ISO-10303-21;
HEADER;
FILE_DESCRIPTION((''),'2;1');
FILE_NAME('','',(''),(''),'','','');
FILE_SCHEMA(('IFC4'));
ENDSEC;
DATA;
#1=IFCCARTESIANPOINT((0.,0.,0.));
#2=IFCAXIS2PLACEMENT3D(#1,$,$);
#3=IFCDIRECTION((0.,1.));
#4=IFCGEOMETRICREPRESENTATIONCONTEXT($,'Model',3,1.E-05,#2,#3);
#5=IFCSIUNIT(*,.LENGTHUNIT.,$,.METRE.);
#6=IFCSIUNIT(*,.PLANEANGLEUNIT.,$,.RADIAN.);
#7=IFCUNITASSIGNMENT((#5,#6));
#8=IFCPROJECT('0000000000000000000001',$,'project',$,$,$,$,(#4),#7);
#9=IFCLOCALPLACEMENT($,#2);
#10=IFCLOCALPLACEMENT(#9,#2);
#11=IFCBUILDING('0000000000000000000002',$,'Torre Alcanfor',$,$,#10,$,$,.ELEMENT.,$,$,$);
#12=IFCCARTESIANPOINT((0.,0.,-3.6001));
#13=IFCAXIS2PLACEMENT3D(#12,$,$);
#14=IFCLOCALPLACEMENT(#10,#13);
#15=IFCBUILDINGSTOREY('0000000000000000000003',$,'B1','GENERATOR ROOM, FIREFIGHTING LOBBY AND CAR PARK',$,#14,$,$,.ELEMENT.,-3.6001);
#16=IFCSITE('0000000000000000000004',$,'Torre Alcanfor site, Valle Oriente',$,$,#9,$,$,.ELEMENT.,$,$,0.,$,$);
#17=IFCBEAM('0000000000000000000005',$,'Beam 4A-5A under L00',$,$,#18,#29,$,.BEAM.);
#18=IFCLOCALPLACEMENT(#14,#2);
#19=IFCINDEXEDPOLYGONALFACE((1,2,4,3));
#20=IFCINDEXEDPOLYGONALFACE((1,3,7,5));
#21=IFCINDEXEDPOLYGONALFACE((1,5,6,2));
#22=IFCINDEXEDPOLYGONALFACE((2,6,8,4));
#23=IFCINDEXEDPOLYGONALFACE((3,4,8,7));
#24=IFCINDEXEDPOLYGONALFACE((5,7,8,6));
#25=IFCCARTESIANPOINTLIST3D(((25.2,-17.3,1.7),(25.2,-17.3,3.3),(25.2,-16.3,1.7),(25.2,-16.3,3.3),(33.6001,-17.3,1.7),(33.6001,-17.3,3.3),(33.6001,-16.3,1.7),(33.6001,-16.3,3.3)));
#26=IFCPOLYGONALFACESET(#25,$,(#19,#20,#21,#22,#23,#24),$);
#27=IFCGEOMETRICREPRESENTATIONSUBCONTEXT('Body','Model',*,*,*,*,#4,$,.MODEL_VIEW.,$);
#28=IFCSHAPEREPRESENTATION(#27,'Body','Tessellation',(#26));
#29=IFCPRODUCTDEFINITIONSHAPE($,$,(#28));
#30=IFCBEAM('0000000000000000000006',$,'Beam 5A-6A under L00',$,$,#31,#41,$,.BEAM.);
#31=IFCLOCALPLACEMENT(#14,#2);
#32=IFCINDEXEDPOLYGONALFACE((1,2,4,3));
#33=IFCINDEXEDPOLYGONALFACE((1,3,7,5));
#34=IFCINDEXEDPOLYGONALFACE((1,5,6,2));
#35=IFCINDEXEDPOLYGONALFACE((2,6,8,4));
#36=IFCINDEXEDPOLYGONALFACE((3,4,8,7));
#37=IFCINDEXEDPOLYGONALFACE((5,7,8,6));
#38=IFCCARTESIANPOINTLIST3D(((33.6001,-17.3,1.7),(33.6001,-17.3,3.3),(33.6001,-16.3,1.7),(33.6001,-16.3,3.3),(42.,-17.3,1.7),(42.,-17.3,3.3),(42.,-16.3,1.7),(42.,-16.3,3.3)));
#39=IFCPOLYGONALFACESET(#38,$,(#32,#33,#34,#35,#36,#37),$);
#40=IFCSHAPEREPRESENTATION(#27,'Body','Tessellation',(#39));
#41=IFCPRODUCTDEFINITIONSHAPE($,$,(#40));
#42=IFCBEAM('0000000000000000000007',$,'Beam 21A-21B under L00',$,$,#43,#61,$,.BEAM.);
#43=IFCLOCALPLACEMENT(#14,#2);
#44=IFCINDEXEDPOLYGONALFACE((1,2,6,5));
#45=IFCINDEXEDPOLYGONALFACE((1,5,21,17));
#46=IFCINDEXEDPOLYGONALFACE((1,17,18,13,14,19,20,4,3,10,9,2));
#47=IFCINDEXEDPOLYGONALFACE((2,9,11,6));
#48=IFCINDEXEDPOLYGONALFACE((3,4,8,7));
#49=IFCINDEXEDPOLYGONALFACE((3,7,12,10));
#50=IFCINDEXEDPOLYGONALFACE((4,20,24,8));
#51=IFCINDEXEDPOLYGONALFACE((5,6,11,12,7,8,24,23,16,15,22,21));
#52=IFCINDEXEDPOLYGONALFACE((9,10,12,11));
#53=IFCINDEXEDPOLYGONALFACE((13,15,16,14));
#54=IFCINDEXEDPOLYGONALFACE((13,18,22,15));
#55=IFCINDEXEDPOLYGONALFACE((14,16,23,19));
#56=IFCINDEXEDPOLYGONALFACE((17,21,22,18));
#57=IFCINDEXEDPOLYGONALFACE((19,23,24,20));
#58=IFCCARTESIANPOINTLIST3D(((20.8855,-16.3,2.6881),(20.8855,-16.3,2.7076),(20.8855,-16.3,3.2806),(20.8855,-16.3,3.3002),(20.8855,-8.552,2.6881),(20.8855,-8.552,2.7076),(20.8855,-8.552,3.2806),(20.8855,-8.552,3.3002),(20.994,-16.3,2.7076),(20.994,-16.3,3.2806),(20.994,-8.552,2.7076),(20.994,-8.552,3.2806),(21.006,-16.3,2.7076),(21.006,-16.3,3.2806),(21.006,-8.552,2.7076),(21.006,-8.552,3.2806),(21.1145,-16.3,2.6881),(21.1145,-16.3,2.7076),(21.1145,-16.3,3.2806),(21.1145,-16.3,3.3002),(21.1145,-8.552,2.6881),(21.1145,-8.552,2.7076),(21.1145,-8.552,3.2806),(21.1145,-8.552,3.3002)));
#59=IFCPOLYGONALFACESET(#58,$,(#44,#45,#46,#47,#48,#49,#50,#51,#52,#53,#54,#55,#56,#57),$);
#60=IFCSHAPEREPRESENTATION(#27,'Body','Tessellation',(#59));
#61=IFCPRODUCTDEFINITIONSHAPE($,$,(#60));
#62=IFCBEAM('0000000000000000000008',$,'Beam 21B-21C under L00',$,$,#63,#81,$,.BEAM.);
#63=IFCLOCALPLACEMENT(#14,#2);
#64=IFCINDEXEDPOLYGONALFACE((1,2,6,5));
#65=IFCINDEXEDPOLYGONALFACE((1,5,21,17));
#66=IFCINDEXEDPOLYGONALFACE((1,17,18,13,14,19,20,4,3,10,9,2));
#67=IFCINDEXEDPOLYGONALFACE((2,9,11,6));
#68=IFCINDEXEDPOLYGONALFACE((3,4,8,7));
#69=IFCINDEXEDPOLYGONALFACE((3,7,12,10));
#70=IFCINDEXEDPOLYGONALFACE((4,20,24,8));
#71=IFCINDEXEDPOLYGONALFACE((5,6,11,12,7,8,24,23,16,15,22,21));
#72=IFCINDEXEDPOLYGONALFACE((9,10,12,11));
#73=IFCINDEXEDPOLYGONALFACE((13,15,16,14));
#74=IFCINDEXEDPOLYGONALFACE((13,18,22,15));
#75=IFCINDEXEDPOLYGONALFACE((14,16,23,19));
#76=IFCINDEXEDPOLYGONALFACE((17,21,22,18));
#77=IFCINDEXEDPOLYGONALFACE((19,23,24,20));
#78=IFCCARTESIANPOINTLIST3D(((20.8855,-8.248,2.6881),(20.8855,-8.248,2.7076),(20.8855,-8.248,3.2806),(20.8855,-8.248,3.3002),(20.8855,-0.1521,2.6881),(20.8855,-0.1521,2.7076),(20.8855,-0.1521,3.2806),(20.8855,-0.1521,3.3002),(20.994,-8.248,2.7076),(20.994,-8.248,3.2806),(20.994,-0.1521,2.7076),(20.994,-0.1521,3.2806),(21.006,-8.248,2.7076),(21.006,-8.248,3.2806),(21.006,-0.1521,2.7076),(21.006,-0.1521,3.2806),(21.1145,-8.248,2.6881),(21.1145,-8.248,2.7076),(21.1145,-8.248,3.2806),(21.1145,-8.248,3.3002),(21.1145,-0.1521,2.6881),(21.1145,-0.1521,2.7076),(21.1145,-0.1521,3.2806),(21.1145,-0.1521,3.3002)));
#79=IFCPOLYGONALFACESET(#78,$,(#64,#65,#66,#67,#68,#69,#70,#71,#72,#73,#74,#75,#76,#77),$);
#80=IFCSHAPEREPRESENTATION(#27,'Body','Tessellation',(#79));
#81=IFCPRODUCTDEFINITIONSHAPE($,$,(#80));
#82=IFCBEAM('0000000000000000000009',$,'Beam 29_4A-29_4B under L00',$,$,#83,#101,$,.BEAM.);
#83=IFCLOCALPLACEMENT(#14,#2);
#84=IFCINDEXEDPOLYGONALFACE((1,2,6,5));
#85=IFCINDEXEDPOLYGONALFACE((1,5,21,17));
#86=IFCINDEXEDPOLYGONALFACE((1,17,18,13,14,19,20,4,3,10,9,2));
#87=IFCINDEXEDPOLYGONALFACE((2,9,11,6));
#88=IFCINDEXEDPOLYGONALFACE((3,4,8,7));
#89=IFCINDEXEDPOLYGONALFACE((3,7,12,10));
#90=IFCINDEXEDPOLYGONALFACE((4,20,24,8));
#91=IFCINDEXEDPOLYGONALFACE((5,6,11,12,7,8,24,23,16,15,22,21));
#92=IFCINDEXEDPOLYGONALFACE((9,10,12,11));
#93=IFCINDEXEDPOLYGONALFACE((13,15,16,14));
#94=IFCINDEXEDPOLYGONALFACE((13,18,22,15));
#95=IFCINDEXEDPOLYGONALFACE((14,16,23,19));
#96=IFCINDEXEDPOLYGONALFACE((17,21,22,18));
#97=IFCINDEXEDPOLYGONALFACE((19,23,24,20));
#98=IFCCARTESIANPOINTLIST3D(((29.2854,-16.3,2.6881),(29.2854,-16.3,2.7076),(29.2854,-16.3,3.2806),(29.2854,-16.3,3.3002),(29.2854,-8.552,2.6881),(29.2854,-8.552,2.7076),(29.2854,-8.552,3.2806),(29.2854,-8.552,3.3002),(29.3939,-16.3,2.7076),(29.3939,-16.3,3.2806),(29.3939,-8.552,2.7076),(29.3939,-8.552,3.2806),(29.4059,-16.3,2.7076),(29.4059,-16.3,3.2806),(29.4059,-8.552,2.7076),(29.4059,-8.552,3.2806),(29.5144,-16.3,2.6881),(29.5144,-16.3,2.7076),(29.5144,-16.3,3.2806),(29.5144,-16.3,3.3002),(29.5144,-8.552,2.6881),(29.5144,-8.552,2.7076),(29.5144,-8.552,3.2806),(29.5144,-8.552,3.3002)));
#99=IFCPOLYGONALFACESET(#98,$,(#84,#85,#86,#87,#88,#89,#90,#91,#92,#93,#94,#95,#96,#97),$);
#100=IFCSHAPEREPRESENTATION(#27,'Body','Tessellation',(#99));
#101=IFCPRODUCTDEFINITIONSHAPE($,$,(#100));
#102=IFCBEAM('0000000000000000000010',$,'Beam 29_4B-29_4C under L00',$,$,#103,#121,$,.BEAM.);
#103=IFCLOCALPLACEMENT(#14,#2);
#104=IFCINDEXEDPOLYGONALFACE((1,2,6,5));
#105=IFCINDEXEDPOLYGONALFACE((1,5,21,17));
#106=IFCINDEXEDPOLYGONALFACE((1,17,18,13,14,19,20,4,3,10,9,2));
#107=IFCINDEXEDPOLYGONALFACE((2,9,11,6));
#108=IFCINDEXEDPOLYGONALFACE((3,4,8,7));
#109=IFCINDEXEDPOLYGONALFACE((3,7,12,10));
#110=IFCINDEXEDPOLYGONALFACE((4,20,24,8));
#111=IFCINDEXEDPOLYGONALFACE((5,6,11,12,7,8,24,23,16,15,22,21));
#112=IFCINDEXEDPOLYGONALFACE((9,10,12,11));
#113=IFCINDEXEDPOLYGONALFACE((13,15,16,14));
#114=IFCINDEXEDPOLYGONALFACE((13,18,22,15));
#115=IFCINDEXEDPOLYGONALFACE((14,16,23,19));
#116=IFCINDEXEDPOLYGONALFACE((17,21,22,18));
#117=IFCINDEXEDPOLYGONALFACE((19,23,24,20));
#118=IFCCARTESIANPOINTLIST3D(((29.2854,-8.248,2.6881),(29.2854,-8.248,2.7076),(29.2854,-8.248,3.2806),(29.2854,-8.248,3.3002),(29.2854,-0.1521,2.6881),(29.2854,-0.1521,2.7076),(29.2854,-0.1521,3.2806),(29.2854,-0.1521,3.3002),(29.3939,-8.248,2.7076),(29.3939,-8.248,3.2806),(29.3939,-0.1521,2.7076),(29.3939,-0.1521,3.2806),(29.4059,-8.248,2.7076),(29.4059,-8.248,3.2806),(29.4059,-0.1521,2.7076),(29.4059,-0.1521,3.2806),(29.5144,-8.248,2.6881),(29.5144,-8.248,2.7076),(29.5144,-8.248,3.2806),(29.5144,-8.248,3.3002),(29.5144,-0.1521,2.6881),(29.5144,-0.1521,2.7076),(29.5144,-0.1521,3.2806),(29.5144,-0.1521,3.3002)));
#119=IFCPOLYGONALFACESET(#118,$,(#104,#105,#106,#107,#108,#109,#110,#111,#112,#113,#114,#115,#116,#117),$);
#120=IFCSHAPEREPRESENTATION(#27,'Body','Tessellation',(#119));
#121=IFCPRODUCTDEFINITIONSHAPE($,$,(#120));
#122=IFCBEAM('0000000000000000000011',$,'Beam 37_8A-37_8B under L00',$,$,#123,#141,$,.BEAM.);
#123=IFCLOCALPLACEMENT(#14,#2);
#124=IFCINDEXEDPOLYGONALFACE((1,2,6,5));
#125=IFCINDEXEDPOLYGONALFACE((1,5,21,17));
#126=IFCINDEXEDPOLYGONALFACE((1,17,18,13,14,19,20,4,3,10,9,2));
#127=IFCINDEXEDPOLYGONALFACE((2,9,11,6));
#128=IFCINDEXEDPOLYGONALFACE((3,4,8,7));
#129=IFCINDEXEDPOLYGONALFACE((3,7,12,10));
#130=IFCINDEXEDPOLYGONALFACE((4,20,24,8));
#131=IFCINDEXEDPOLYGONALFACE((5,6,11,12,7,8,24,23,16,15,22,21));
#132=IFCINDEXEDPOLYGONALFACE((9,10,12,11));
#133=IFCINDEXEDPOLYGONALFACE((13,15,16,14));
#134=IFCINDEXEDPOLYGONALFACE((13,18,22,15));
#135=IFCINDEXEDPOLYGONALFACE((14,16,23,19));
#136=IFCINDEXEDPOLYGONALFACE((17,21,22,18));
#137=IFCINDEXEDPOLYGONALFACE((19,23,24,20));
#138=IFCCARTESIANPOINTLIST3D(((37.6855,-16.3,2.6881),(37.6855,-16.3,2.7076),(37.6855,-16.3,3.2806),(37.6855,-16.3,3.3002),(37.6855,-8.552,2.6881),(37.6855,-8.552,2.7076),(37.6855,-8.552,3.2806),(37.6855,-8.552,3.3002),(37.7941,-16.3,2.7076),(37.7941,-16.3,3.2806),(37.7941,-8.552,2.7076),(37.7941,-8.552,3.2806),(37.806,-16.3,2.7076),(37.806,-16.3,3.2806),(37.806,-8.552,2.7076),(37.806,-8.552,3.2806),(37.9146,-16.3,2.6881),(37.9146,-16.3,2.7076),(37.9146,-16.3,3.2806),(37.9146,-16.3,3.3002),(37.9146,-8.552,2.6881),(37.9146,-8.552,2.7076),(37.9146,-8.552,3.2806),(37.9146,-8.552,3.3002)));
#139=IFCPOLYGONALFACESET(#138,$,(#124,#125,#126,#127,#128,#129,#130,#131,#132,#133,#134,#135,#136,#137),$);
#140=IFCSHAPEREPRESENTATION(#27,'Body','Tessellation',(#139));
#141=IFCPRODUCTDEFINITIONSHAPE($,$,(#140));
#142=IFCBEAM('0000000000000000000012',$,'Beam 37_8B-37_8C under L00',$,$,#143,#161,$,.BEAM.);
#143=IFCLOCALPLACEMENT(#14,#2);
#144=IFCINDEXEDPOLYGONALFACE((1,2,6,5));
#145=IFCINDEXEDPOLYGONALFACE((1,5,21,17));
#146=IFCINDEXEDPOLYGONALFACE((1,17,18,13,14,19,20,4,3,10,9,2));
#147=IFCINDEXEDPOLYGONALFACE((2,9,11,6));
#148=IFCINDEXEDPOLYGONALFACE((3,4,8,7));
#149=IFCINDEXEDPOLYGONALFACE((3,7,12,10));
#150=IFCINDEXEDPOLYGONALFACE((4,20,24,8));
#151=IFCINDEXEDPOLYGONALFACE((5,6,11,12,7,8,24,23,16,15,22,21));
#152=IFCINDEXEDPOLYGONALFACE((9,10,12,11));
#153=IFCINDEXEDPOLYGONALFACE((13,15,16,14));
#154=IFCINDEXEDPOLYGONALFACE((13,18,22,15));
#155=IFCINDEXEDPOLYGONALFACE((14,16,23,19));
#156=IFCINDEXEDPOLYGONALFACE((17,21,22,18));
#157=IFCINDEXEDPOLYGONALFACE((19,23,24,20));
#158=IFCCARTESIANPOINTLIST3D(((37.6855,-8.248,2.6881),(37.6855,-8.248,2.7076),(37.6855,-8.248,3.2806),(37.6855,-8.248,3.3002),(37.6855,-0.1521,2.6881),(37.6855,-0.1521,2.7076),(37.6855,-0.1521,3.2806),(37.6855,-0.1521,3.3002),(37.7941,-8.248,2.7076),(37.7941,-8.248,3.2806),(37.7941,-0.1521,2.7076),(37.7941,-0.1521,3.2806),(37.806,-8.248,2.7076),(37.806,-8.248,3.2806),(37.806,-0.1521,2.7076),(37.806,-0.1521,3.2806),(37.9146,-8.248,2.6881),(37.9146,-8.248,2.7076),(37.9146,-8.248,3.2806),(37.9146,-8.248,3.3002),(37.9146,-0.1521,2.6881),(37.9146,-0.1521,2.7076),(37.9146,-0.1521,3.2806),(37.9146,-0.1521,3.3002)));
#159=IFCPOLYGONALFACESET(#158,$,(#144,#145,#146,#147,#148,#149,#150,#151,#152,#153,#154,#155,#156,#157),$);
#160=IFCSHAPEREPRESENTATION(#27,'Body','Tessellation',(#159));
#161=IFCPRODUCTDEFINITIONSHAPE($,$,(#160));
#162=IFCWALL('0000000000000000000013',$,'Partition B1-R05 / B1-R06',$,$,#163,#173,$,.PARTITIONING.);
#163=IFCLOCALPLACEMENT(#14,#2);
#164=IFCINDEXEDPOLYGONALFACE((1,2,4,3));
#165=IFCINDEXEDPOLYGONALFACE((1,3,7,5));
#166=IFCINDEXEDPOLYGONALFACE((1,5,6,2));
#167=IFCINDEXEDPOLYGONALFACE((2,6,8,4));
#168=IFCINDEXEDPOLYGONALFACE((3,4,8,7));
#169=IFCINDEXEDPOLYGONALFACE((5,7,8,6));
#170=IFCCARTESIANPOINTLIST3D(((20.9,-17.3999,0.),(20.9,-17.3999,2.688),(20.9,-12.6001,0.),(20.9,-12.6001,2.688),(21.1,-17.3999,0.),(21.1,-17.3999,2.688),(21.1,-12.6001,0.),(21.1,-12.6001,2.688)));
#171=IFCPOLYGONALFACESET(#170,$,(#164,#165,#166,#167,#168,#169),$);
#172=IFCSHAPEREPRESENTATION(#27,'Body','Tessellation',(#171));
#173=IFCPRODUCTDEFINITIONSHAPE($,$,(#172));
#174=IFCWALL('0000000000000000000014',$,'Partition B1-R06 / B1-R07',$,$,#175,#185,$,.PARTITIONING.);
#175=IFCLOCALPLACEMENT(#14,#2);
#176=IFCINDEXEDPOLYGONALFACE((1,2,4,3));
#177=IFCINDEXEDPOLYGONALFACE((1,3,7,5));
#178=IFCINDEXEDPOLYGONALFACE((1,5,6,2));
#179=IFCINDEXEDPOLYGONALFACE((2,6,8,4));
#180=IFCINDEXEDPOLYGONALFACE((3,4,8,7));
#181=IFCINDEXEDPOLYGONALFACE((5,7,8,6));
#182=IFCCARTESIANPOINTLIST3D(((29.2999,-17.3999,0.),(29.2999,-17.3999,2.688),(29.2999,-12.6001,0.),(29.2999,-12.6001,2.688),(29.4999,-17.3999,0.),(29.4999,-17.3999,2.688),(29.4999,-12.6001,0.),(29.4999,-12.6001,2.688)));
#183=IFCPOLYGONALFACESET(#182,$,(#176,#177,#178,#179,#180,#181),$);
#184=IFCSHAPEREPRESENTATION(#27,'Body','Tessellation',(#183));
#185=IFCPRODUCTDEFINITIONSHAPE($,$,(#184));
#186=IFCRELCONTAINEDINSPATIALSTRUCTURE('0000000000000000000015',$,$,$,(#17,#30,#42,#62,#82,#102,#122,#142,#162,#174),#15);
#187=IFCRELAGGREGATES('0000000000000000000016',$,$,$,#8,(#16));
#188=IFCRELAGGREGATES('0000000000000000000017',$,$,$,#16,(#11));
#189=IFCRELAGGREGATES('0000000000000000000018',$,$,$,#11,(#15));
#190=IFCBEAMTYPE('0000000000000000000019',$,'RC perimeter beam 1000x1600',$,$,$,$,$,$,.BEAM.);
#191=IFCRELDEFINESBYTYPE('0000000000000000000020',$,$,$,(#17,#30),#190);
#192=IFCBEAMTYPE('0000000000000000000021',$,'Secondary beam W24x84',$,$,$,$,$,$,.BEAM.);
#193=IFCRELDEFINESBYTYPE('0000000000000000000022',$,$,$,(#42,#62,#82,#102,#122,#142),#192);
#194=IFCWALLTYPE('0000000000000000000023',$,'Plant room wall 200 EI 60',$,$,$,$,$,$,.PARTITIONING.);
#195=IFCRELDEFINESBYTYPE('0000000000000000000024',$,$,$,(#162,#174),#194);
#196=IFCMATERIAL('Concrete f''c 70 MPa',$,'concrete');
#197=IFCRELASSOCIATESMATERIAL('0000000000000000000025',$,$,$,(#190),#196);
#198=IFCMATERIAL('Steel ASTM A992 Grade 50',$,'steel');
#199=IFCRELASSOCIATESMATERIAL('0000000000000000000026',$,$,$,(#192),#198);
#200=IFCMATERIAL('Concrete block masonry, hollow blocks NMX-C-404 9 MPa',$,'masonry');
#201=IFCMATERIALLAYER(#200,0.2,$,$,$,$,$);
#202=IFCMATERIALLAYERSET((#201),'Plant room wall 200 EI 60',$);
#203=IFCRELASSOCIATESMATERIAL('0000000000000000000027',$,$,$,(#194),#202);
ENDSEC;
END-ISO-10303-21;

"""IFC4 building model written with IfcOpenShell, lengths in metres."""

from ifc_helpers import new_model, si_unit, direction, frame, frame_2d, origin, origin_2d, place, context, subcontext, project, spatial, rectangle, i_section, extrude, material, layer, layer_set, material_profile, profile_set, type_object, element, save


model = new_model("IFC4")

# Units and contexts
model_context = context("Model", 3, precision=1e-05, world=origin(), true_north=direction((0.0, 1.0)))
body_context = subcontext(model_context, "Body", "Model", "MODEL_VIEW")
ifc_project = project(units=[si_unit("LENGTHUNIT", "METRE"), si_unit("PLANEANGLEUNIT", "RADIAN")], contexts=[model_context])

# Site, building, storey
site_placement = place(None, origin())
site = spatial("IfcSite", under=ifc_project, at=site_placement, Name="Torre Alcanfor site, Valle Oriente", CompositionType="ELEMENT", RefElevation=0.0)
building_placement = place(site_placement, origin())
building = spatial("IfcBuilding", under=site, at=building_placement, Name="Torre Alcanfor", CompositionType="ELEMENT")
storey_placement = place(building_placement, frame((0.0, 0.0, -3.6001)))
storey = spatial("IfcBuildingStorey", under=building, at=storey_placement, Name="B1", Description="GENERATOR ROOM, FIREFIGHTING LOBBY AND CAR PARK", CompositionType="ELEMENT", Elevation=-3.6001)

# Beams
ifc_material_1 = material(Name="Concrete f'c 70 MPa", Category="concrete")
ifc_material_profile_1 = material_profile(ifc_material_1, rectangle(XDim=1.0, YDim=1.6001, at=origin_2d()), Name="1000x1600")
ifc_profile_set_1 = profile_set([ifc_material_profile_1], Name="Concrete f'c 70 MPa")
beam_type_1 = type_object("IfcBeamType", Name="RC perimeter beam 1000x1600", PredefinedType="BEAM", material=ifc_profile_set_1)
beam_1_placement = place(storey_placement, frame((25.2, -16.8, 2.5), z_axis=(1.0, 0.0, 0.0), x_axis=(0.0, 1.0, 0.0)))
element("IfcBeam", 1, at=beam_1_placement, inside=storey, type_object=beam_type_1, Name="Beam 4A-5A under L00", PredefinedType="BEAM", context=body_context, shape_type="SweptSolid", body=[
    extrude(rectangle(XDim=1.0, YDim=1.6001, at=origin_2d()), origin(), (0.0, 0.0, 1.0), 8.4001),
])
beam_2_placement = place(storey_placement, frame((33.6001, -16.8, 2.5), z_axis=(1.0, 0.0, 0.0), x_axis=(0.0, 1.0, 0.0)))
element("IfcBeam", 2, at=beam_2_placement, inside=storey, type_object=beam_type_1, Name="Beam 5A-6A under L00", PredefinedType="BEAM", context=body_context, shape_type="SweptSolid", body=[
    extrude(rectangle(XDim=1.0, YDim=1.6001, at=origin_2d()), origin(), (0.0, 0.0, 1.0), 8.3999),
])
ifc_material_2 = material(Name="Steel ASTM A992 Grade 50", Category="steel")
ifc_material_profile_2 = material_profile(ifc_material_2, i_section(OverallWidth=0.229, OverallDepth=0.6121, WebThickness=0.012, FlangeThickness=0.0195, at=origin_2d()), Name="W24x84")
ifc_profile_set_2 = profile_set([ifc_material_profile_2], Name="Steel ASTM A992 Grade 50")
beam_type_2 = type_object("IfcBeamType", Name="Secondary beam W24x84", PredefinedType="BEAM", material=ifc_profile_set_2)
beam_3_placement = place(storey_placement, frame((21.0, -16.3, 2.9941), z_axis=(0.0, 1.0, 0.0), x_axis=(-1.0, 0.0, 0.0)))
element("IfcBeam", 3, at=beam_3_placement, inside=storey, type_object=beam_type_2, Name="Beam 21A-21B under L00", PredefinedType="BEAM", context=body_context, shape_type="SweptSolid", body=[
    extrude(i_section(OverallWidth=0.229, OverallDepth=0.6121, WebThickness=0.012, FlangeThickness=0.0195, at=origin_2d()), origin(), (0.0, 0.0, 1.0), 7.748),
])
beam_4_placement = place(storey_placement, frame((21.0, -8.248, 2.9941), z_axis=(0.0, 1.0, 0.0), x_axis=(-1.0, 0.0, 0.0)))
element("IfcBeam", 4, at=beam_4_placement, inside=storey, type_object=beam_type_2, Name="Beam 21B-21C under L00", PredefinedType="BEAM", context=body_context, shape_type="SweptSolid", body=[
    extrude(i_section(OverallWidth=0.229, OverallDepth=0.6121, WebThickness=0.012, FlangeThickness=0.0195, at=origin_2d()), origin(), (0.0, 0.0, 1.0), 8.0959),
])
beam_5_placement = place(storey_placement, frame((29.3999, -16.3, 2.9941), z_axis=(0.0, 1.0, 0.0), x_axis=(-1.0, 0.0, 0.0)))
element("IfcBeam", 5, at=beam_5_placement, inside=storey, type_object=beam_type_2, Name="Beam 29_4A-29_4B under L00", PredefinedType="BEAM", context=body_context, shape_type="SweptSolid", body=[
    extrude(i_section(OverallWidth=0.229, OverallDepth=0.6121, WebThickness=0.012, FlangeThickness=0.0195, at=origin_2d()), origin(), (0.0, 0.0, 1.0), 7.748),
])
beam_6_placement = place(storey_placement, frame((29.3999, -8.248, 2.9941), z_axis=(0.0, 1.0, 0.0), x_axis=(-1.0, 0.0, 0.0)))
element("IfcBeam", 6, at=beam_6_placement, inside=storey, type_object=beam_type_2, Name="Beam 29_4B-29_4C under L00", PredefinedType="BEAM", context=body_context, shape_type="SweptSolid", body=[
    extrude(i_section(OverallWidth=0.229, OverallDepth=0.6121, WebThickness=0.012, FlangeThickness=0.0195, at=origin_2d()), origin(), (0.0, 0.0, 1.0), 8.0959),
])
beam_7_placement = place(storey_placement, frame((37.8, -16.3, 2.9941), z_axis=(0.0, 1.0, 0.0), x_axis=(-1.0, 0.0, 0.0)))
element("IfcBeam", 7, at=beam_7_placement, inside=storey, type_object=beam_type_2, Name="Beam 37_8A-37_8B under L00", PredefinedType="BEAM", context=body_context, shape_type="SweptSolid", body=[
    extrude(i_section(OverallWidth=0.229, OverallDepth=0.6121, WebThickness=0.012, FlangeThickness=0.0195, at=origin_2d()), origin(), (0.0, 0.0, 1.0), 7.748),
])
beam_8_placement = place(storey_placement, frame((37.8, -8.248, 2.9941), z_axis=(0.0, 1.0, 0.0), x_axis=(-1.0, 0.0, 0.0)))
element("IfcBeam", 8, at=beam_8_placement, inside=storey, type_object=beam_type_2, Name="Beam 37_8B-37_8C under L00", PredefinedType="BEAM", context=body_context, shape_type="SweptSolid", body=[
    extrude(i_section(OverallWidth=0.229, OverallDepth=0.6121, WebThickness=0.012, FlangeThickness=0.0195, at=origin_2d()), origin(), (0.0, 0.0, 1.0), 8.0959),
])

# Shared definitions
ifc_material_3 = material(Name="Concrete block masonry, hollow blocks NMX-C-404 9 MPa", Category="masonry")
ifc_layer = layer(ifc_material_3, 0.2)
ifc_layer_set = layer_set([ifc_layer], Name="Plant room wall 200 EI 60")
wall_type = type_object("IfcWallType", Name="Plant room wall 200 EI 60", PredefinedType="PARTITIONING", material=ifc_layer_set)

# Walls
for number, where, z_axis, x_axis, name in (
    (9, (21.0, -12.6001, 0.0), (0.0, 0.0, 1.0), (0.0, -1.0, 0.0), "Partition B1-R05 / B1-R06"),
    (10, (29.3999, -12.6001, 0.0), (0.0, 0.0, 1.0), (0.0, -1.0, 0.0), "Partition B1-R06 / B1-R07"),
):
    element("IfcWall", number, at=place(storey_placement, frame(where, z_axis=z_axis, x_axis=x_axis)), inside=storey, type_object=wall_type, Name=name, PredefinedType="PARTITIONING", context=body_context, shape_type="SweptSolid", body=[
        extrude(rectangle(XDim=4.7998, YDim=0.2, at=frame_2d((2.3999, 0.0))), origin(), (0.0, 0.0, 1.0), 2.688),
    ])

save(model, "model.ifc")
